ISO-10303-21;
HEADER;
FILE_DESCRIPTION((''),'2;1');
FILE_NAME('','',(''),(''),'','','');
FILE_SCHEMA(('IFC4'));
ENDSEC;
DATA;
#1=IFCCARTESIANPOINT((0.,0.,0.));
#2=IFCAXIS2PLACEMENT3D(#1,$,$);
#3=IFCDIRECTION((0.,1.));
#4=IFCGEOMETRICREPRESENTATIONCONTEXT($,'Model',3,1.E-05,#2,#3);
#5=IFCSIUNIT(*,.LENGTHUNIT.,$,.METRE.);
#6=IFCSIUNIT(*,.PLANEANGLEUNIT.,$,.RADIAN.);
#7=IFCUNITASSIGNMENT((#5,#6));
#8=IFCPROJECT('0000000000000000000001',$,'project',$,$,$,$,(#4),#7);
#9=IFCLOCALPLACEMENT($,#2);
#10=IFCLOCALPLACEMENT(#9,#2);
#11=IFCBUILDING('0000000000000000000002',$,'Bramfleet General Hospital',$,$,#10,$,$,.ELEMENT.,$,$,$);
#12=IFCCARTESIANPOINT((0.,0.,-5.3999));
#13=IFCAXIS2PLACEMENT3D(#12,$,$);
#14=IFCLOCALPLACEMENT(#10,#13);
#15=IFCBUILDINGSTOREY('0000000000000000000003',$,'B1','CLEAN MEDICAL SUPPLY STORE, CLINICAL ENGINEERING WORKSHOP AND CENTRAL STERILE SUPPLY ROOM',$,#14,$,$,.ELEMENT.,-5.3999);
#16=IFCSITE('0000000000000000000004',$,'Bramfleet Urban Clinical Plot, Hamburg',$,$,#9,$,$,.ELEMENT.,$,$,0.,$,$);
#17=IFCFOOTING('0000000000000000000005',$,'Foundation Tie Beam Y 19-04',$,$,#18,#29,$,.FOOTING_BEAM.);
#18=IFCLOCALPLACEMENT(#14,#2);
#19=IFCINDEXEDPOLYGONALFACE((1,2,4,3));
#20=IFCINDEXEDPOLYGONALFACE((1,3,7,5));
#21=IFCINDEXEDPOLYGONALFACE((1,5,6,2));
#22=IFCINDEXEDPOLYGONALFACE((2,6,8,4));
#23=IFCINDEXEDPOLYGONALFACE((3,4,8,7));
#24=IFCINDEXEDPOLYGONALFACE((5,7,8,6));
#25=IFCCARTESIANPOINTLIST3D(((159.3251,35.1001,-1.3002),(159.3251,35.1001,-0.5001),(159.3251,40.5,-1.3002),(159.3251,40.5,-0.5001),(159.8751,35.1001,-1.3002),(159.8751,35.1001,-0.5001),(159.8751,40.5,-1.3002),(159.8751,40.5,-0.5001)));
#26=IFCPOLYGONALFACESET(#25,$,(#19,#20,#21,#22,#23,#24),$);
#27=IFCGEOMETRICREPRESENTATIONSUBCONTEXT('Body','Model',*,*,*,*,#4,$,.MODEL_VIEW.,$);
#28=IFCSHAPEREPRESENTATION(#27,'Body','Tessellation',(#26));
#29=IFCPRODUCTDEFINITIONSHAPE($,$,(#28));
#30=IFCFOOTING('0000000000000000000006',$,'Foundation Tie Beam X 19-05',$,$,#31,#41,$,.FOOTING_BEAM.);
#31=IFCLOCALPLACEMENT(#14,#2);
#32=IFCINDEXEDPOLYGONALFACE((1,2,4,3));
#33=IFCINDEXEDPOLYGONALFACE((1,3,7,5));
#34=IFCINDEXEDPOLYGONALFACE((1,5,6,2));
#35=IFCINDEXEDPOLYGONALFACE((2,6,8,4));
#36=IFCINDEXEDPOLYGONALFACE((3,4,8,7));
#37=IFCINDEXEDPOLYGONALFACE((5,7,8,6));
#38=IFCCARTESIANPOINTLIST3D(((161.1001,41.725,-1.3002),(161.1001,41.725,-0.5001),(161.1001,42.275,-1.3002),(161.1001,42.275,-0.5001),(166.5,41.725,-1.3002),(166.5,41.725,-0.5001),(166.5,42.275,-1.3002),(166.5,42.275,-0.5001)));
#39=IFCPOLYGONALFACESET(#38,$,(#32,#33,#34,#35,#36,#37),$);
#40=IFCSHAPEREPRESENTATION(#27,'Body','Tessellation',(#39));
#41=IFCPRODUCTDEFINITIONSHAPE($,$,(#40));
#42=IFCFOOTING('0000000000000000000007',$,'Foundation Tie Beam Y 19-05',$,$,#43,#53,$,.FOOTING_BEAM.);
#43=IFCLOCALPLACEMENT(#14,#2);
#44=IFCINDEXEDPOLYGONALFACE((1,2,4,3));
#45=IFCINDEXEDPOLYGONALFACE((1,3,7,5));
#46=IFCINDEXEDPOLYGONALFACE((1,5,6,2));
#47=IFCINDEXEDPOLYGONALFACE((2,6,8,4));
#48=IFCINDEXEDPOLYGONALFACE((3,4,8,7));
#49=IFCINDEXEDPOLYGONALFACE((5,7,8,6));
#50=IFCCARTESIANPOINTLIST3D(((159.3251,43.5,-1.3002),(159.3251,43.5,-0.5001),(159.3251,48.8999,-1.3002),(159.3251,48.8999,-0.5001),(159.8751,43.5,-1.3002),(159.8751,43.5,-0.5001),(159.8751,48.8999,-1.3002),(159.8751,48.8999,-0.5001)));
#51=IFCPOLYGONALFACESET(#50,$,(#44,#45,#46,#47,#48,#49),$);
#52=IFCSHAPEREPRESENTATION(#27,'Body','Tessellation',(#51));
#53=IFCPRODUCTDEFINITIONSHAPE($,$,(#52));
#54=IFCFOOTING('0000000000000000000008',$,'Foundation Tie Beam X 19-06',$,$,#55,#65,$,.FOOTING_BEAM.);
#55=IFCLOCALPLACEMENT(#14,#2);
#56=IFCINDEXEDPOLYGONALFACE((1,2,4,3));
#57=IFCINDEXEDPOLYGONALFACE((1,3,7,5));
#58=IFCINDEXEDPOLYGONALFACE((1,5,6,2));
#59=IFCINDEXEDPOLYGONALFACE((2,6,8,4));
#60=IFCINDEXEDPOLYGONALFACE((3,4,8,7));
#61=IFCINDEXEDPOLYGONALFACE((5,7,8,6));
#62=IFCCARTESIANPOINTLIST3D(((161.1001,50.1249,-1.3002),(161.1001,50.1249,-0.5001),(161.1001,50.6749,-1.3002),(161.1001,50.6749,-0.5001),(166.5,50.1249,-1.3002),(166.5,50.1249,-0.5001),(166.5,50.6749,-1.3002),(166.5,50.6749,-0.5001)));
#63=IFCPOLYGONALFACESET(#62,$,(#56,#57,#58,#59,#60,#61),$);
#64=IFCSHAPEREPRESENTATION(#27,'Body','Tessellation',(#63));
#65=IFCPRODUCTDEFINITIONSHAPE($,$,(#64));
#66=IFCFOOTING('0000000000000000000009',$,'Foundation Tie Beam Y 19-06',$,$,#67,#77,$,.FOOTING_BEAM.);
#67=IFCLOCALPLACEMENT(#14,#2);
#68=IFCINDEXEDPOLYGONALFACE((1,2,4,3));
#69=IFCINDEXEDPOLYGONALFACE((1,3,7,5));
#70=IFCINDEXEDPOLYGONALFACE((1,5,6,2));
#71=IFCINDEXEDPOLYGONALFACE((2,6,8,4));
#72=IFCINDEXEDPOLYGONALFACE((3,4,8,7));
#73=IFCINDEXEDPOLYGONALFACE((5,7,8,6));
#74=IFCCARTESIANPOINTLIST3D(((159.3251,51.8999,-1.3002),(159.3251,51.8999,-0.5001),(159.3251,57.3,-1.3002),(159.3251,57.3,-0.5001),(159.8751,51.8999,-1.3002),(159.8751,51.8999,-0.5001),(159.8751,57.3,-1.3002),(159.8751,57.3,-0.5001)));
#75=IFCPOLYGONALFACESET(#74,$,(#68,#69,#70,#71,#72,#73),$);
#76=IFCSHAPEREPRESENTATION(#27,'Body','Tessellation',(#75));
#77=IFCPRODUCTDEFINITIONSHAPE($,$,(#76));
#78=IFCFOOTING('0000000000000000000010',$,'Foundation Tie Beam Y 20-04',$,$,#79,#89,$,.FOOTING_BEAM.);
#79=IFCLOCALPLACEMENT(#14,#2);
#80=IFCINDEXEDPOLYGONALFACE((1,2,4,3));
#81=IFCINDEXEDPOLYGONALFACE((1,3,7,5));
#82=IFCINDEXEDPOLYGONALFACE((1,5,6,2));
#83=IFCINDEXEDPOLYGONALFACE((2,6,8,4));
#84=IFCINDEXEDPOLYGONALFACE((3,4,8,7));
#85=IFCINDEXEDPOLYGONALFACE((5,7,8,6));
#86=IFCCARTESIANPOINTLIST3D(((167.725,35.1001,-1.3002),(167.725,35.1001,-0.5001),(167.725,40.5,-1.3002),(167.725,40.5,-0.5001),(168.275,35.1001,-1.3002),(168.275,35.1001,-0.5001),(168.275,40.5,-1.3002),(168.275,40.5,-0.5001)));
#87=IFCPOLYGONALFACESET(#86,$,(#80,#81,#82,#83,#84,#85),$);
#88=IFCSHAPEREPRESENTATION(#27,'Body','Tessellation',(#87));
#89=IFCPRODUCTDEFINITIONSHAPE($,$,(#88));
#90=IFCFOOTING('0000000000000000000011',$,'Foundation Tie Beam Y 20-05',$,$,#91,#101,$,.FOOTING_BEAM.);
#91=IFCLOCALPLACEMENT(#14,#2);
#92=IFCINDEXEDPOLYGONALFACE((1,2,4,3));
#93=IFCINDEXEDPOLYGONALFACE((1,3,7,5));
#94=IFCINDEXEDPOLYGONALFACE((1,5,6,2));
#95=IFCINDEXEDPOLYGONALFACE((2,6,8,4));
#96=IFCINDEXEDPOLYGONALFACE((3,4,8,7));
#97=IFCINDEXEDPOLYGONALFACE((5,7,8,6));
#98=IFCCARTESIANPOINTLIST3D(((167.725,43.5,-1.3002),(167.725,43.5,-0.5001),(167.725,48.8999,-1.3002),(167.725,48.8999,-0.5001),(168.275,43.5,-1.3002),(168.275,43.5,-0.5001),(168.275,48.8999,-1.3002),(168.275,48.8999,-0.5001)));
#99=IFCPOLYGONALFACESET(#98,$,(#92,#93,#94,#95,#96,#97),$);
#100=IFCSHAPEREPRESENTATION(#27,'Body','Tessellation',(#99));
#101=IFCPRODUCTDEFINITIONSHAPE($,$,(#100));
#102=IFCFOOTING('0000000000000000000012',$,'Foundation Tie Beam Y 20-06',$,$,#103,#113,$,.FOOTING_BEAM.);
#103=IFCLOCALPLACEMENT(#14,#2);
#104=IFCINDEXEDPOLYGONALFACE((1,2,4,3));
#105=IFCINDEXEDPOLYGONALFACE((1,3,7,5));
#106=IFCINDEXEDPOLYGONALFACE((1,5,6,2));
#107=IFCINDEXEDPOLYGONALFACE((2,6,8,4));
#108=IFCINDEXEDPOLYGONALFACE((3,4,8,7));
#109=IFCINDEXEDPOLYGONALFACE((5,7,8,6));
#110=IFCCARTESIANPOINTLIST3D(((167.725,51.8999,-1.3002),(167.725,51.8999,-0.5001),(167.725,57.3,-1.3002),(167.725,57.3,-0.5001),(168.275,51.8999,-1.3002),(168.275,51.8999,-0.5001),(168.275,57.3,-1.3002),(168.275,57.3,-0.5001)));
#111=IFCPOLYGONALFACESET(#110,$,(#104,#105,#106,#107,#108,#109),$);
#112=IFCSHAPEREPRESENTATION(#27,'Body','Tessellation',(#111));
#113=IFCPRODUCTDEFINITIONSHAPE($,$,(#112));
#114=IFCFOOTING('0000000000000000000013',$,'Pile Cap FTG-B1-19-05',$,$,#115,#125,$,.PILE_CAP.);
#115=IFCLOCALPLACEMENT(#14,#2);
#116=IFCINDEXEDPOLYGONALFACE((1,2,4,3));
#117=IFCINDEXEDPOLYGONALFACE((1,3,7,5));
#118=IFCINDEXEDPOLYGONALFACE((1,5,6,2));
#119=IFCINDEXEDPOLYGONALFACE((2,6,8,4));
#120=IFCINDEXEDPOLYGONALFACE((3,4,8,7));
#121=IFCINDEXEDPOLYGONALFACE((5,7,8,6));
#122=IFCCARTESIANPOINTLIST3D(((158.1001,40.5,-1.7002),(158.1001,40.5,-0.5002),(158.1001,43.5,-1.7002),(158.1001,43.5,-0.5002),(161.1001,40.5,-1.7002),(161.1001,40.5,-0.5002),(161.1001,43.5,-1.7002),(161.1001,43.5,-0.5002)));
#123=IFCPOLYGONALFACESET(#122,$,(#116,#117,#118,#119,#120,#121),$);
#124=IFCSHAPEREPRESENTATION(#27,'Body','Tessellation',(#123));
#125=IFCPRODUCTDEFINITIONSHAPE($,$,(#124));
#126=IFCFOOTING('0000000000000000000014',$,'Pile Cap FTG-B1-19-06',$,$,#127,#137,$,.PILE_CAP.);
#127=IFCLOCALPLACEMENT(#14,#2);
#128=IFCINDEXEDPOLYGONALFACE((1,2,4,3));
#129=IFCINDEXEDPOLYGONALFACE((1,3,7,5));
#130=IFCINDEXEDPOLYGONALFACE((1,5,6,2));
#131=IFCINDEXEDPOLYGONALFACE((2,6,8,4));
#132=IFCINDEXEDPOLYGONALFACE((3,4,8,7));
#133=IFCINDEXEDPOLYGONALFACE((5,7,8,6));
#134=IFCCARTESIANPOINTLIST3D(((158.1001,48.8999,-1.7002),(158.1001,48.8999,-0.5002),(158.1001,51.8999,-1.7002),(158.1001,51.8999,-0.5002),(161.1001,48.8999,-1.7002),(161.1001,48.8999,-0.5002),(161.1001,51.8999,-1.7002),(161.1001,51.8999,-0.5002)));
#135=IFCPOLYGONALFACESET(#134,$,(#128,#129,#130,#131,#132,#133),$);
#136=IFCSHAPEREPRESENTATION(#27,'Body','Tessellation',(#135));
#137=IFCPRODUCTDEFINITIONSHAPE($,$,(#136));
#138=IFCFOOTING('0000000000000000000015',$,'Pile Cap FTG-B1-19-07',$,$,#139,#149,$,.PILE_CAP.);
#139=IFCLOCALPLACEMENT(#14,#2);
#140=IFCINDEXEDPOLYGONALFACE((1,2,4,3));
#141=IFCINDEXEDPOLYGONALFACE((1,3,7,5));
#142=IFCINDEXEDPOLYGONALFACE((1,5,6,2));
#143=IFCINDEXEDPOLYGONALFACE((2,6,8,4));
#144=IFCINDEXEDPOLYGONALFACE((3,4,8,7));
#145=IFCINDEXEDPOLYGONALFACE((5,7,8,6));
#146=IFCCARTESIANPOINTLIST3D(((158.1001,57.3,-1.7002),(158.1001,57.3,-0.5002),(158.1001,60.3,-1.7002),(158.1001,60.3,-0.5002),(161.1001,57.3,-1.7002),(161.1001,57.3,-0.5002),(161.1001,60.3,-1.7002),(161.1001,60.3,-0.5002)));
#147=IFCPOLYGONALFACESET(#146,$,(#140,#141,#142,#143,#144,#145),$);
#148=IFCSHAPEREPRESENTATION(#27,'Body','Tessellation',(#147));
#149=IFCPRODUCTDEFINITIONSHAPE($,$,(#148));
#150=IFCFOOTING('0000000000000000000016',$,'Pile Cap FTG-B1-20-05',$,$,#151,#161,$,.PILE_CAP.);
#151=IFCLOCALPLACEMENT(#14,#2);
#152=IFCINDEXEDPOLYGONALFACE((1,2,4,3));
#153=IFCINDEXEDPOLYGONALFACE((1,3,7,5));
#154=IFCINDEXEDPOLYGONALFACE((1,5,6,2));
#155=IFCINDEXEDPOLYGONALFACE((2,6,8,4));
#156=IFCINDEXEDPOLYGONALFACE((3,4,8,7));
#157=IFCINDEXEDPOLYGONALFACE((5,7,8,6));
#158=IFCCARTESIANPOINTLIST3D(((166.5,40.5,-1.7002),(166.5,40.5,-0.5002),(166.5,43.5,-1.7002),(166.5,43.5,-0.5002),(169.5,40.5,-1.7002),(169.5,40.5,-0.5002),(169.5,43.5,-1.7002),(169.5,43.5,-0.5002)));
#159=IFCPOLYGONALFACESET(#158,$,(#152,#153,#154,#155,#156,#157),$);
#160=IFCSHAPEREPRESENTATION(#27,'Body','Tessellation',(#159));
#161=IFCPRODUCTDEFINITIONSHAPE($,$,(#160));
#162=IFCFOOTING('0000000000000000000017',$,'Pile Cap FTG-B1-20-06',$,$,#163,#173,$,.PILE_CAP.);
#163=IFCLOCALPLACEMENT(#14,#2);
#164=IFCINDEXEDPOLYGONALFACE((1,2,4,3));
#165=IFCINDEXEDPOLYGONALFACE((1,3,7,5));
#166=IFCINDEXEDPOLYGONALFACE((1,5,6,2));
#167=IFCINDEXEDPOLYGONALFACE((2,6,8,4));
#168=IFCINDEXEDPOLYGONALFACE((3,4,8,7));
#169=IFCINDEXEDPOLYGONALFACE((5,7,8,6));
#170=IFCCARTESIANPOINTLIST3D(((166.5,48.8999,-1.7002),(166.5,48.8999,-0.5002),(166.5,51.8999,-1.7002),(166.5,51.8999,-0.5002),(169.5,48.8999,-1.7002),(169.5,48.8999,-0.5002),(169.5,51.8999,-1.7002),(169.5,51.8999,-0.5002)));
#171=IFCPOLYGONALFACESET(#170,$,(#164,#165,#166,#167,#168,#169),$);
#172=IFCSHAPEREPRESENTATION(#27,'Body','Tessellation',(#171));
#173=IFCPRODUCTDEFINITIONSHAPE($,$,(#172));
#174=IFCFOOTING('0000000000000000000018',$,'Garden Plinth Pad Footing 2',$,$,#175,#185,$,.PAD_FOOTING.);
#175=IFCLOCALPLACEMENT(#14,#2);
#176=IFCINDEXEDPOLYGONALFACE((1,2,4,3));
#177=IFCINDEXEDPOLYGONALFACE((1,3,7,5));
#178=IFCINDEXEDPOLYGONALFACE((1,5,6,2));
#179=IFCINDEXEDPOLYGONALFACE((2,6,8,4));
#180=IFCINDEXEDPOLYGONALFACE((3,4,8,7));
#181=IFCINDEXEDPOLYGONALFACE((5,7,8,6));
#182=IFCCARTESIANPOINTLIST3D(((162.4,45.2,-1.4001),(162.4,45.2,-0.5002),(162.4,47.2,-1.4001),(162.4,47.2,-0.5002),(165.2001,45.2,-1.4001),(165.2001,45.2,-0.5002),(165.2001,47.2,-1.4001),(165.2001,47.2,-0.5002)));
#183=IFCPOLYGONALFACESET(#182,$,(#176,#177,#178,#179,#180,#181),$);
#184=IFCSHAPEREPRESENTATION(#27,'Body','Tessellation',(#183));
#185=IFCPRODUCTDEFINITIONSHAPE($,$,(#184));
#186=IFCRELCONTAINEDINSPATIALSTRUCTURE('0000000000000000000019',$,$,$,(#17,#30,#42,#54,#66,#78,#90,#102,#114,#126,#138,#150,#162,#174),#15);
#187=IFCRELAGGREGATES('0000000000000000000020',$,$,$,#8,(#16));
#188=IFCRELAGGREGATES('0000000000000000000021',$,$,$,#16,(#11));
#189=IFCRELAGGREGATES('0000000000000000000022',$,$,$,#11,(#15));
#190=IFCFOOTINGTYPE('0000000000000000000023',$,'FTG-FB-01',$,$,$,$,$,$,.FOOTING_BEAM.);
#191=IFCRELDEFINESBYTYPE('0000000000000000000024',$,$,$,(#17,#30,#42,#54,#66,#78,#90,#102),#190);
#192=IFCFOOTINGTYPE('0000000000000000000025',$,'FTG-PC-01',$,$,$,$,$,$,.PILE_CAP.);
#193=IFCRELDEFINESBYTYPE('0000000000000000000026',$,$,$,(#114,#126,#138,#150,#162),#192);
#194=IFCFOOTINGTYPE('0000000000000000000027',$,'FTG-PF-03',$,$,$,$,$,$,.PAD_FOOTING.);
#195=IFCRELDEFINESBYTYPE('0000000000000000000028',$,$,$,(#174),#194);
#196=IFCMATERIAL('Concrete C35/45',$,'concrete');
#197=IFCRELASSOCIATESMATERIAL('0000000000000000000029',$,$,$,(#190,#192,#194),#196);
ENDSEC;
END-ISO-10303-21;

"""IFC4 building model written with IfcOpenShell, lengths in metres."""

from ifc_helpers import new_model, si_unit, direction, frame, origin, origin_2d, place, context, subcontext, project, spatial, rectangle, extrude, material, material_profile, profile_set, type_object, element, save


model = new_model("IFC4")

# Units and contexts
model_context = context("Model", 3, precision=1e-05, world=origin(), true_north=direction((0.0, 1.0)))
body_context = subcontext(model_context, "Body", "Model", "MODEL_VIEW")
ifc_project = project(units=[si_unit("LENGTHUNIT", "METRE"), si_unit("PLANEANGLEUNIT", "RADIAN")], contexts=[model_context])

# Site, building, storey
site_placement = place(None, origin())
site = spatial("IfcSite", under=ifc_project, at=site_placement, Name="Bramfleet Urban Clinical Plot, Hamburg", CompositionType="ELEMENT", RefElevation=0.0)
building_placement = place(site_placement, origin())
building = spatial("IfcBuilding", under=site, at=building_placement, Name="Bramfleet General Hospital", CompositionType="ELEMENT")
storey_placement = place(building_placement, frame((0.0, 0.0, -5.3999)))
storey = spatial("IfcBuildingStorey", under=building, at=storey_placement, Name="B1", Description="CLEAN MEDICAL SUPPLY STORE, CLINICAL ENGINEERING WORKSHOP AND CENTRAL STERILE SUPPLY ROOM", CompositionType="ELEMENT", Elevation=-5.3999)

# Footings
ifc_material_1 = material(Name="Concrete C35/45", Category="concrete")
ifc_material_profile_1 = material_profile(ifc_material_1, rectangle(XDim=0.55, YDim=0.8, at=origin_2d()), Name="RC FB 800x550")
ifc_profile_set_1 = profile_set([ifc_material_profile_1], Name="Concrete C35/45")
footing_type_1 = type_object("IfcFootingType", Name="FTG-FB-01", PredefinedType="FOOTING_BEAM", material=ifc_profile_set_1)
for number, where, z_axis, x_axis, name in (
    (1, (159.6001, 35.1001, -0.9001), (0.0, 1.0, 0.0), (-1.0, 0.0, 0.0), "Foundation Tie Beam Y 19-04"),
    (2, (161.1001, 42.0, -0.9001), (1.0, 0.0, 0.0), (0.0, 1.0, 0.0), "Foundation Tie Beam X 19-05"),
    (3, (159.6001, 43.5, -0.9001), (0.0, 1.0, 0.0), (-1.0, 0.0, 0.0), "Foundation Tie Beam Y 19-05"),
    (4, (161.1001, 50.3999, -0.9001), (1.0, 0.0, 0.0), (0.0, 1.0, 0.0), "Foundation Tie Beam X 19-06"),
):
    element("IfcFooting", number, at=place(storey_placement, frame(where, z_axis=z_axis, x_axis=x_axis)), inside=storey, type_object=footing_type_1, Name=name, PredefinedType="FOOTING_BEAM", context=body_context, shape_type="SweptSolid", body=[
        extrude(rectangle(XDim=0.55, YDim=0.8, at=origin_2d()), origin(), (0.0, 0.0, 1.0), 5.3999),
    ])
footing_1_placement = place(storey_placement, frame((159.6001, 51.8999, -0.9001), z_axis=(0.0, 1.0, 0.0), x_axis=(-1.0, 0.0, 0.0)))
element("IfcFooting", 5, at=footing_1_placement, inside=storey, type_object=footing_type_1, Name="Foundation Tie Beam Y 19-06", PredefinedType="FOOTING_BEAM", context=body_context, shape_type="SweptSolid", body=[
    extrude(rectangle(XDim=0.55, YDim=0.8, at=origin_2d()), origin(), (0.0, 0.0, 1.0), 5.4001),
])
for number, where, z_axis, x_axis, name in (
    (6, (168.0, 35.1001, -0.9001), (0.0, 1.0, 0.0), (-1.0, 0.0, 0.0), "Foundation Tie Beam Y 20-04"),
    (7, (168.0, 43.5, -0.9001), (0.0, 1.0, 0.0), (-1.0, 0.0, 0.0), "Foundation Tie Beam Y 20-05"),
):
    element("IfcFooting", number, at=place(storey_placement, frame(where, z_axis=z_axis, x_axis=x_axis)), inside=storey, type_object=footing_type_1, Name=name, PredefinedType="FOOTING_BEAM", context=body_context, shape_type="SweptSolid", body=[
        extrude(rectangle(XDim=0.55, YDim=0.8, at=origin_2d()), origin(), (0.0, 0.0, 1.0), 5.3999),
    ])
footing_2_placement = place(storey_placement, frame((168.0, 51.8999, -0.9001), z_axis=(0.0, 1.0, 0.0), x_axis=(-1.0, 0.0, 0.0)))
element("IfcFooting", 8, at=footing_2_placement, inside=storey, type_object=footing_type_1, Name="Foundation Tie Beam Y 20-06", PredefinedType="FOOTING_BEAM", context=body_context, shape_type="SweptSolid", body=[
    extrude(rectangle(XDim=0.55, YDim=0.8, at=origin_2d()), origin(), (0.0, 0.0, 1.0), 5.4001),
])
footing_type_2 = type_object("IfcFootingType", Name="FTG-PC-01", PredefinedType="PILE_CAP", material=ifc_material_1)
for number, where, z_axis, x_axis, name in (
    (9, (159.6001, 42.0, -1.7002), (0.0, 0.0, 1.0), (1.0, 0.0, 0.0), "Pile Cap FTG-B1-19-05"),
    (10, (159.6001, 50.3999, -1.7002), (0.0, 0.0, 1.0), (1.0, 0.0, 0.0), "Pile Cap FTG-B1-19-06"),
    (11, (159.6001, 58.8, -1.7002), (0.0, 0.0, 1.0), (1.0, 0.0, 0.0), "Pile Cap FTG-B1-19-07"),
    (12, (168.0, 42.0, -1.7002), (0.0, 0.0, 1.0), (1.0, 0.0, 0.0), "Pile Cap FTG-B1-20-05"),
    (13, (168.0, 50.3999, -1.7002), (0.0, 0.0, 1.0), (1.0, 0.0, 0.0), "Pile Cap FTG-B1-20-06"),
):
    element("IfcFooting", number, at=place(storey_placement, frame(where, z_axis=z_axis, x_axis=x_axis)), inside=storey, type_object=footing_type_2, Name=name, PredefinedType="PILE_CAP", context=body_context, shape_type="SweptSolid", body=[
        extrude(rectangle(XDim=3.0, YDim=3.0, at=origin_2d()), origin(), (0.0, 0.0, 1.0), 1.2),
    ])
footing_type_3 = type_object("IfcFootingType", Name="FTG-PF-03", PredefinedType="PAD_FOOTING", material=ifc_material_1)
footing_3_placement = place(storey_placement, frame((163.8, 46.2, -1.4001), z_axis=(0.0, 0.0, 1.0), x_axis=(1.0, 0.0, 0.0)))
element("IfcFooting", 14, at=footing_3_placement, inside=storey, type_object=footing_type_3, Name="Garden Plinth Pad Footing 2", PredefinedType="PAD_FOOTING", context=body_context, shape_type="SweptSolid", body=[
    extrude(rectangle(XDim=2.8, YDim=2.0, at=origin_2d()), origin(), (0.0, 0.0, 1.0), 0.8999),
])

save(model, "model.ifc")
